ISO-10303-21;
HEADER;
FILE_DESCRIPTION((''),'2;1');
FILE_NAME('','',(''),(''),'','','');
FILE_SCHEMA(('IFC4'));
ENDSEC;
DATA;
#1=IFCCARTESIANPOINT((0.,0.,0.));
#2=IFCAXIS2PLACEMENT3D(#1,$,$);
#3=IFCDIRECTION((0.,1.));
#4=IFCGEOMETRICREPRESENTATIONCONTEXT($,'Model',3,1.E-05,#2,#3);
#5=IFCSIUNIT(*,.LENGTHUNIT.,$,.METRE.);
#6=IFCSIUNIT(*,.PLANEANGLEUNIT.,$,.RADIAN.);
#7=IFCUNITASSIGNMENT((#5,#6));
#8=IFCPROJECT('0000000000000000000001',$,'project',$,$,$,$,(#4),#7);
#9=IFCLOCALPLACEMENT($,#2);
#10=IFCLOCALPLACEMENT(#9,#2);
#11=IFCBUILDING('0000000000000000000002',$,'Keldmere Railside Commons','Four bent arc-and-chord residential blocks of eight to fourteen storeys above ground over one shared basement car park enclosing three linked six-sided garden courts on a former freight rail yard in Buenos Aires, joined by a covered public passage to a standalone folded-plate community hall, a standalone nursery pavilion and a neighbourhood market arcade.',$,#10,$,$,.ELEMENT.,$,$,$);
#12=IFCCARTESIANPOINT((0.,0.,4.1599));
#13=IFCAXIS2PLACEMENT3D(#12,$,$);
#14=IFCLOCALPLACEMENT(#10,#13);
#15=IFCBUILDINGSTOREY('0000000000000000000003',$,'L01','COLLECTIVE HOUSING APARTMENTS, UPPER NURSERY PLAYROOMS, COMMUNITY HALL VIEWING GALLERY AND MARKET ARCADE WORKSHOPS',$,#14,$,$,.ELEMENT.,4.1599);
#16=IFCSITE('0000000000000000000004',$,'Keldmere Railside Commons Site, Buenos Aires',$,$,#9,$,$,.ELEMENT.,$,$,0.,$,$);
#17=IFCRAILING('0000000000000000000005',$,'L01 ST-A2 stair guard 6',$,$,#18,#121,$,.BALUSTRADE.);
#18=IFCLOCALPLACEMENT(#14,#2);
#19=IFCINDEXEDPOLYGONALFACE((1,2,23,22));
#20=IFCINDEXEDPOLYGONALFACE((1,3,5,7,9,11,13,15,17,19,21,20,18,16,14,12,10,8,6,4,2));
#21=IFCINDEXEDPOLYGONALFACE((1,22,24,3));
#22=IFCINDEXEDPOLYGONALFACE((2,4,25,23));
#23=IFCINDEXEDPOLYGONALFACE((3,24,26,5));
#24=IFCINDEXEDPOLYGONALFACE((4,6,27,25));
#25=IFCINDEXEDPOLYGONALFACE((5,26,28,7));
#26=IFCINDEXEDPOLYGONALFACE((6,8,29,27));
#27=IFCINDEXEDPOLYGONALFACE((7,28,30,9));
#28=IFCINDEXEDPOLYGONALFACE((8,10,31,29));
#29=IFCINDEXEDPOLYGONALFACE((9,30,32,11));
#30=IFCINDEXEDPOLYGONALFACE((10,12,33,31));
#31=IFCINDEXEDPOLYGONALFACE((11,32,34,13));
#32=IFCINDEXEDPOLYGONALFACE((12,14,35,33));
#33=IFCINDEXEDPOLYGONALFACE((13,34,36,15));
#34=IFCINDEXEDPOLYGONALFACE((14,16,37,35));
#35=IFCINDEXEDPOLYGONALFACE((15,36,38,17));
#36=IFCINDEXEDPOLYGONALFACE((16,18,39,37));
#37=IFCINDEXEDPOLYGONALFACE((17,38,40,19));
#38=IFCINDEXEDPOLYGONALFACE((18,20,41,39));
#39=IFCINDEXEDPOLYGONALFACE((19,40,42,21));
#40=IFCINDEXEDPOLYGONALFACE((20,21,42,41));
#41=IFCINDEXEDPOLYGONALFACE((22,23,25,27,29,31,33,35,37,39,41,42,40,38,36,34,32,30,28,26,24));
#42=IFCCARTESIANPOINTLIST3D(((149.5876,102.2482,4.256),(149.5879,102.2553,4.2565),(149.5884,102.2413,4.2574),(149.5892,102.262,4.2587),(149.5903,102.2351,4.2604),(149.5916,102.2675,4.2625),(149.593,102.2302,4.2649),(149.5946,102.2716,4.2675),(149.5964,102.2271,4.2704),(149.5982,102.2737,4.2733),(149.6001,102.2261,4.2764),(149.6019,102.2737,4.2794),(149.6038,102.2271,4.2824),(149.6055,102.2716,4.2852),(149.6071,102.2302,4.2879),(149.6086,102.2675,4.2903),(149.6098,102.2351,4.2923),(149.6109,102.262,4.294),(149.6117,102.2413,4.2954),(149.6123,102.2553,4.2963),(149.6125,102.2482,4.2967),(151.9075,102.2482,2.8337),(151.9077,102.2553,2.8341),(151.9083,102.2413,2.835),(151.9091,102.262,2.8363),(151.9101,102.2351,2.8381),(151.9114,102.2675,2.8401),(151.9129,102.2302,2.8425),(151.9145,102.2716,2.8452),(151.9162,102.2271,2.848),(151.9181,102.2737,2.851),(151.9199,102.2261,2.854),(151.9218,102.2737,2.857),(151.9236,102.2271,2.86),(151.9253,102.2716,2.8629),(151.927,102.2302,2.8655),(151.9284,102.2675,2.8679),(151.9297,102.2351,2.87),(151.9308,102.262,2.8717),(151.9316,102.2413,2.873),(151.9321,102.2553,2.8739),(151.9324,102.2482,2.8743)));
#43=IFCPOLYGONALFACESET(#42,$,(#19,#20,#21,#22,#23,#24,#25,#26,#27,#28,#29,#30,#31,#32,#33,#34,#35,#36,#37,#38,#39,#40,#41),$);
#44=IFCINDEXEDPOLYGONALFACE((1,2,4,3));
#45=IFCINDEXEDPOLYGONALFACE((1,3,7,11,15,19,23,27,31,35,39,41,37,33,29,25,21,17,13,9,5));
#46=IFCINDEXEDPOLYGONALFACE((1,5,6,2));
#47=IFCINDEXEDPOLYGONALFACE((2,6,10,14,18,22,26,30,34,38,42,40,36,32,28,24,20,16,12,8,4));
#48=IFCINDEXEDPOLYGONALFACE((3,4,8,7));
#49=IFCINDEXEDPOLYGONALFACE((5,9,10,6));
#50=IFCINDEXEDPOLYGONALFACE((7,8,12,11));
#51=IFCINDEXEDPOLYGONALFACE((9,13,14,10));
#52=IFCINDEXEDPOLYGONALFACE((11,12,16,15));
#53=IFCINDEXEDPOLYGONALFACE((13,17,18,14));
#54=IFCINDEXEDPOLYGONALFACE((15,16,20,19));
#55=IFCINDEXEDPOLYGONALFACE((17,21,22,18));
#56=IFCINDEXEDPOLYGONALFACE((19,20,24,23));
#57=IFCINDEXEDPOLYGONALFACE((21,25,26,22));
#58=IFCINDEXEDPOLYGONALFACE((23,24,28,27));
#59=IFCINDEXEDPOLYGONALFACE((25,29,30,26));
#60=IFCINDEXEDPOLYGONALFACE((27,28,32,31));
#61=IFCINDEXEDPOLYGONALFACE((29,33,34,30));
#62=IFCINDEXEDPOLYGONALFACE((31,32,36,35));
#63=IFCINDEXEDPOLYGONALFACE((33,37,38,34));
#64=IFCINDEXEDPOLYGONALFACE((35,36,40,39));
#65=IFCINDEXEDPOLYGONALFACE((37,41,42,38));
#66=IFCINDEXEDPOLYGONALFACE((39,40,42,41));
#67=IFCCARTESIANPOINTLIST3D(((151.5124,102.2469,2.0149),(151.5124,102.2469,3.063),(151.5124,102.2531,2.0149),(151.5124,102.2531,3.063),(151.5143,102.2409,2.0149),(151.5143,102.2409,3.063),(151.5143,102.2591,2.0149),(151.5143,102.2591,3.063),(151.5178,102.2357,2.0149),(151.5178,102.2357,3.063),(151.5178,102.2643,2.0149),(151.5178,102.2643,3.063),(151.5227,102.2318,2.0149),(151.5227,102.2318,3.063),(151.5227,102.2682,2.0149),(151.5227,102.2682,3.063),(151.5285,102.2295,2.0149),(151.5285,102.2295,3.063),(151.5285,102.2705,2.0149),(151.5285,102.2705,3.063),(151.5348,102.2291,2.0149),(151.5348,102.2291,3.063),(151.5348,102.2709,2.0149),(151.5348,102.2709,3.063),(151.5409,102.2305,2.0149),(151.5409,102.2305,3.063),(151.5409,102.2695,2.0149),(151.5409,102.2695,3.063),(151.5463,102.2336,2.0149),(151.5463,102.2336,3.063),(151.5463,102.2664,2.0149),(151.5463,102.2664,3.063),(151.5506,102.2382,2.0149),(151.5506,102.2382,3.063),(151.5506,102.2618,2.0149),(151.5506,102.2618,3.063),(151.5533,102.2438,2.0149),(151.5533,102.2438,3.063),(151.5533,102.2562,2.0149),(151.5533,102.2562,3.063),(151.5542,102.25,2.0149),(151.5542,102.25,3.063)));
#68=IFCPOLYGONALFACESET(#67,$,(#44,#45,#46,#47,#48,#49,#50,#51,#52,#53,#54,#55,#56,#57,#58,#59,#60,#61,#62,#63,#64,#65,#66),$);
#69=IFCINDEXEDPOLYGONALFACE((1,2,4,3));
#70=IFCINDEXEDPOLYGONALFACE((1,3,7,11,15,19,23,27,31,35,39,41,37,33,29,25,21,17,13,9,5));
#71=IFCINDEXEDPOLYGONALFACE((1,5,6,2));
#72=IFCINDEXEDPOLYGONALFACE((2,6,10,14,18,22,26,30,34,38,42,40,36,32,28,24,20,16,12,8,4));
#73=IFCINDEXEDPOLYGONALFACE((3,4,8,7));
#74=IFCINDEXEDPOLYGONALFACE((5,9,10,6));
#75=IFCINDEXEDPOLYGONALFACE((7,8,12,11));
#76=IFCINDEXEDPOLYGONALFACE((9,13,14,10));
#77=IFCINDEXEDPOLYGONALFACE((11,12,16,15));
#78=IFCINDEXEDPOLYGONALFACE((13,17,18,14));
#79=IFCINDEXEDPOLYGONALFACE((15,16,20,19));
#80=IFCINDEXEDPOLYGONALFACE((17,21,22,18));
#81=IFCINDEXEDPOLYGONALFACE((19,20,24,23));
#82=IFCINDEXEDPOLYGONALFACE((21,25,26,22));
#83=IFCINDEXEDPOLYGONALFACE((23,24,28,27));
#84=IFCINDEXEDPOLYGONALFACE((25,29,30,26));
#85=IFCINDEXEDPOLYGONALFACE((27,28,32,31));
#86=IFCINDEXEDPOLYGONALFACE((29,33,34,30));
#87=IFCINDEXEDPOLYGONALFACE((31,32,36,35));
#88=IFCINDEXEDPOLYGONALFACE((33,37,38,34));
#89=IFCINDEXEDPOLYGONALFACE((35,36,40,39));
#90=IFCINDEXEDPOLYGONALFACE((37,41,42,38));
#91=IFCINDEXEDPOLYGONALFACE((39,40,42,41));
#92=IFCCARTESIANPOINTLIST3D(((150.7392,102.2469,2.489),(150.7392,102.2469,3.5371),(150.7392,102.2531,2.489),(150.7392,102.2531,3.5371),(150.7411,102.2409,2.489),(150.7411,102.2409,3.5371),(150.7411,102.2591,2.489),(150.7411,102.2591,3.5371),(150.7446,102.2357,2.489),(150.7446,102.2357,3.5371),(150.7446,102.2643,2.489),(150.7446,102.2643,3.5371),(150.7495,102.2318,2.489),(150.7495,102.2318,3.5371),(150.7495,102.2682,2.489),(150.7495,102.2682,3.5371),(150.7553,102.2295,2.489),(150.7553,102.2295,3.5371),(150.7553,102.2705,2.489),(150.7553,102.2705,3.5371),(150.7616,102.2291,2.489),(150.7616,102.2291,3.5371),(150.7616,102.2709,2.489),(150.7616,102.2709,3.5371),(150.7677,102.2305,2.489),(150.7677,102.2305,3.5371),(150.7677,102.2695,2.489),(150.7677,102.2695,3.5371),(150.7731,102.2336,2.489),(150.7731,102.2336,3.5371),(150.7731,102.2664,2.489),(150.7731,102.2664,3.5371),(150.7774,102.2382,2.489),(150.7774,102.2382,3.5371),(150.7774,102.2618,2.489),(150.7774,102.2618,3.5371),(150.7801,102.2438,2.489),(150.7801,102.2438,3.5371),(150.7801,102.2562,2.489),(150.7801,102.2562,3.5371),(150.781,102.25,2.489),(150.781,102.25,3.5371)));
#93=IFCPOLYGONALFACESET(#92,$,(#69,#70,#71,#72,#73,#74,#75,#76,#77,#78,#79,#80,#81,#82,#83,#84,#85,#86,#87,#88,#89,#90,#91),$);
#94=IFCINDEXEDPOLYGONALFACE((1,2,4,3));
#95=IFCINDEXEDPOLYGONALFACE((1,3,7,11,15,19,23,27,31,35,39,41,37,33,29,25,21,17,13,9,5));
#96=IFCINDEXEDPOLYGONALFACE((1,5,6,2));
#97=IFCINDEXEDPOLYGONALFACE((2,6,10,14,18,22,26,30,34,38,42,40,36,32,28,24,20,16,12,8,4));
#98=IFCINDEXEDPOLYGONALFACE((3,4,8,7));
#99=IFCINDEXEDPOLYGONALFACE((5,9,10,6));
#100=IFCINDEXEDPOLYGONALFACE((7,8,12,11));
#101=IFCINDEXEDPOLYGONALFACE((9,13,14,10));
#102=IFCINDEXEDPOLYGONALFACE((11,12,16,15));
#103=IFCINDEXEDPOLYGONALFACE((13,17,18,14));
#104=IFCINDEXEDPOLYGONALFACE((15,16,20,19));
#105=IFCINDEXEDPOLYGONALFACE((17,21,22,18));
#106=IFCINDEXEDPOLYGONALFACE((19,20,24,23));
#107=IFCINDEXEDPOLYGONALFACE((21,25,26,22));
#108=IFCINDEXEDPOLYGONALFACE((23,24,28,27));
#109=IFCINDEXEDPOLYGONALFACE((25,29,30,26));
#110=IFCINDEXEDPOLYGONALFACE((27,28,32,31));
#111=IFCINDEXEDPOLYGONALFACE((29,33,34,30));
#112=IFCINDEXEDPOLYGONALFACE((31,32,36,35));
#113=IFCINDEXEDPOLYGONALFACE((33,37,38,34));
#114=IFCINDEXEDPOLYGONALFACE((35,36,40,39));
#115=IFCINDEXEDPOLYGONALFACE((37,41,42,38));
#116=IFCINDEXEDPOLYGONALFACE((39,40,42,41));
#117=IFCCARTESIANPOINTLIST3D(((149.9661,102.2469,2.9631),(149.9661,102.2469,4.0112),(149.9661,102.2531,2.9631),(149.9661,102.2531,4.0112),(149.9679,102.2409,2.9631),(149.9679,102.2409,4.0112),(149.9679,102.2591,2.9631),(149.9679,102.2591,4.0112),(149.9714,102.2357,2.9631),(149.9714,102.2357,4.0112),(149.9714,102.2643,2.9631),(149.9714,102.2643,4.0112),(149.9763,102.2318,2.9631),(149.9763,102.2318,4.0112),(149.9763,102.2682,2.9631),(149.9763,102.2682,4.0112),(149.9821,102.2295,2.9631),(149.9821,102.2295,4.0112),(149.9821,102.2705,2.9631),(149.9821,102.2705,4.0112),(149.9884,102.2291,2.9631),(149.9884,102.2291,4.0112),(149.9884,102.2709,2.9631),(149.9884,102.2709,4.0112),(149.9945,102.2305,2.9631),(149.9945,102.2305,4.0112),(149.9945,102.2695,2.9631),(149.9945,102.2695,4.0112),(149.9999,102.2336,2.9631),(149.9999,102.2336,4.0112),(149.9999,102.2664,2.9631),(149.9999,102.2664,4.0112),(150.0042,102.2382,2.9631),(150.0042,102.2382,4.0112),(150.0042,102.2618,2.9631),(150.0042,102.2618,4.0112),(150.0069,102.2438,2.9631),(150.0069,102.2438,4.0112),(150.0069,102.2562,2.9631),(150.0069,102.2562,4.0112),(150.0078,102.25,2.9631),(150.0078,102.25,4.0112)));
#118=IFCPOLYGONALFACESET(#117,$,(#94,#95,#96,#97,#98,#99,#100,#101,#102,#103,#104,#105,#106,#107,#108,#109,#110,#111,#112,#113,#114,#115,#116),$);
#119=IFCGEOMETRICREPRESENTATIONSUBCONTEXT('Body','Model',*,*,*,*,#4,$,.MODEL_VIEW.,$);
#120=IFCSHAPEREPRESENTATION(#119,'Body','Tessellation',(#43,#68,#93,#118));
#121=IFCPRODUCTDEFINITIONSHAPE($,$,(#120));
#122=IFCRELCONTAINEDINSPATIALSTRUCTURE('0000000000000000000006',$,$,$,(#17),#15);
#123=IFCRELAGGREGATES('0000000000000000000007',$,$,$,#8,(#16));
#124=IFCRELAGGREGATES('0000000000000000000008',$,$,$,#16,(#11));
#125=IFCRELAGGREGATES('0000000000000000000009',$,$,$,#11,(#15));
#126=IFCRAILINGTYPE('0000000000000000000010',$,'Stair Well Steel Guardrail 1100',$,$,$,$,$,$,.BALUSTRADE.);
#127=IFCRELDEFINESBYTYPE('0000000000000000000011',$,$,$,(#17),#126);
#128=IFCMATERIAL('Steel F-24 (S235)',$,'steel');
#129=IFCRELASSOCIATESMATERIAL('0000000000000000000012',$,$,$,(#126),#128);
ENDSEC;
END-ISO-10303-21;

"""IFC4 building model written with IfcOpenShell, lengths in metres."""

from ifc_helpers import new_model, si_unit, direction, frame, origin, origin_2d, place, context, subcontext, project, spatial, circle, extrude, material, type_object, element, save


model = new_model("IFC4")

# Units and contexts
model_context = context("Model", 3, precision=1e-05, world=origin(), true_north=direction((0.0, 1.0)))
body_context = subcontext(model_context, "Body", "Model", "MODEL_VIEW")
ifc_project = project(units=[si_unit("LENGTHUNIT", "METRE"), si_unit("PLANEANGLEUNIT", "RADIAN")], contexts=[model_context])

# Site, building, storey
site_placement = place(None, origin())
site = spatial("IfcSite", under=ifc_project, at=site_placement, Name="Keldmere Railside Commons Site, Buenos Aires", CompositionType="ELEMENT", RefElevation=0.0)
building_placement = place(site_placement, origin())
building = spatial("IfcBuilding", under=site, at=building_placement, Name="Keldmere Railside Commons", Description="Four bent arc-and-chord residential blocks of eight to fourteen storeys above ground over one shared basement car park enclosing three linked six-sided garden courts on a former freight rail yard in Buenos Aires, joined by a covered public passage to a standalone folded-plate community hall, a standalone nursery pavilion and a neighbourhood market arcade.", CompositionType="ELEMENT")
storey_placement = place(building_placement, frame((0.0, 0.0, 4.1599)))
storey = spatial("IfcBuildingStorey", under=building, at=storey_placement, Name="L01", Description="COLLECTIVE HOUSING APARTMENTS, UPPER NURSERY PLAYROOMS, COMMUNITY HALL VIEWING GALLERY AND MARKET ARCADE WORKSHOPS", CompositionType="ELEMENT", Elevation=4.1599)

# Shared definitions
ifc_material_1 = material(Name="Steel F-24 (S235)", Category="steel")

# Railing
railing_type_1 = type_object("IfcRailingType", Name="Stair Well Steel Guardrail 1100", PredefinedType="BALUSTRADE", material=ifc_material_1)
railing_1_placement = place(storey_placement, frame((151.9199, 102.25, 1.7778)))
element("IfcRailing", 1, at=railing_1_placement, inside=storey, type_object=railing_type_1, Name="L01 ST-A2 stair guard 6", PredefinedType="BALUSTRADE", context=body_context, shape_type="SweptSolid", body=[
    extrude(circle(Radius=0.0239, at=origin_2d()), frame((0.0, 0.0, 1.0762), z_axis=(-0.852514, 0.0, 0.522705), x_axis=(0.0, -1.0, 0.0)), (0.0, 0.0, 1.0), 2.7212),
    extrude(circle(Radius=0.021, at=origin_2d()), frame((-0.3867, 0.0, 0.2371)), (0.0, 0.0, 1.0), 1.0481),
    extrude(circle(Radius=0.021, at=origin_2d()), frame((-1.1599, 0.0, 0.7112)), (0.0, 0.0, 1.0), 1.0481),
    extrude(circle(Radius=0.021, at=origin_2d()), frame((-1.9331, 0.0, 1.1853)), (0.0, 0.0, 1.0), 1.0481),
])

save(model, "model.ifc")
